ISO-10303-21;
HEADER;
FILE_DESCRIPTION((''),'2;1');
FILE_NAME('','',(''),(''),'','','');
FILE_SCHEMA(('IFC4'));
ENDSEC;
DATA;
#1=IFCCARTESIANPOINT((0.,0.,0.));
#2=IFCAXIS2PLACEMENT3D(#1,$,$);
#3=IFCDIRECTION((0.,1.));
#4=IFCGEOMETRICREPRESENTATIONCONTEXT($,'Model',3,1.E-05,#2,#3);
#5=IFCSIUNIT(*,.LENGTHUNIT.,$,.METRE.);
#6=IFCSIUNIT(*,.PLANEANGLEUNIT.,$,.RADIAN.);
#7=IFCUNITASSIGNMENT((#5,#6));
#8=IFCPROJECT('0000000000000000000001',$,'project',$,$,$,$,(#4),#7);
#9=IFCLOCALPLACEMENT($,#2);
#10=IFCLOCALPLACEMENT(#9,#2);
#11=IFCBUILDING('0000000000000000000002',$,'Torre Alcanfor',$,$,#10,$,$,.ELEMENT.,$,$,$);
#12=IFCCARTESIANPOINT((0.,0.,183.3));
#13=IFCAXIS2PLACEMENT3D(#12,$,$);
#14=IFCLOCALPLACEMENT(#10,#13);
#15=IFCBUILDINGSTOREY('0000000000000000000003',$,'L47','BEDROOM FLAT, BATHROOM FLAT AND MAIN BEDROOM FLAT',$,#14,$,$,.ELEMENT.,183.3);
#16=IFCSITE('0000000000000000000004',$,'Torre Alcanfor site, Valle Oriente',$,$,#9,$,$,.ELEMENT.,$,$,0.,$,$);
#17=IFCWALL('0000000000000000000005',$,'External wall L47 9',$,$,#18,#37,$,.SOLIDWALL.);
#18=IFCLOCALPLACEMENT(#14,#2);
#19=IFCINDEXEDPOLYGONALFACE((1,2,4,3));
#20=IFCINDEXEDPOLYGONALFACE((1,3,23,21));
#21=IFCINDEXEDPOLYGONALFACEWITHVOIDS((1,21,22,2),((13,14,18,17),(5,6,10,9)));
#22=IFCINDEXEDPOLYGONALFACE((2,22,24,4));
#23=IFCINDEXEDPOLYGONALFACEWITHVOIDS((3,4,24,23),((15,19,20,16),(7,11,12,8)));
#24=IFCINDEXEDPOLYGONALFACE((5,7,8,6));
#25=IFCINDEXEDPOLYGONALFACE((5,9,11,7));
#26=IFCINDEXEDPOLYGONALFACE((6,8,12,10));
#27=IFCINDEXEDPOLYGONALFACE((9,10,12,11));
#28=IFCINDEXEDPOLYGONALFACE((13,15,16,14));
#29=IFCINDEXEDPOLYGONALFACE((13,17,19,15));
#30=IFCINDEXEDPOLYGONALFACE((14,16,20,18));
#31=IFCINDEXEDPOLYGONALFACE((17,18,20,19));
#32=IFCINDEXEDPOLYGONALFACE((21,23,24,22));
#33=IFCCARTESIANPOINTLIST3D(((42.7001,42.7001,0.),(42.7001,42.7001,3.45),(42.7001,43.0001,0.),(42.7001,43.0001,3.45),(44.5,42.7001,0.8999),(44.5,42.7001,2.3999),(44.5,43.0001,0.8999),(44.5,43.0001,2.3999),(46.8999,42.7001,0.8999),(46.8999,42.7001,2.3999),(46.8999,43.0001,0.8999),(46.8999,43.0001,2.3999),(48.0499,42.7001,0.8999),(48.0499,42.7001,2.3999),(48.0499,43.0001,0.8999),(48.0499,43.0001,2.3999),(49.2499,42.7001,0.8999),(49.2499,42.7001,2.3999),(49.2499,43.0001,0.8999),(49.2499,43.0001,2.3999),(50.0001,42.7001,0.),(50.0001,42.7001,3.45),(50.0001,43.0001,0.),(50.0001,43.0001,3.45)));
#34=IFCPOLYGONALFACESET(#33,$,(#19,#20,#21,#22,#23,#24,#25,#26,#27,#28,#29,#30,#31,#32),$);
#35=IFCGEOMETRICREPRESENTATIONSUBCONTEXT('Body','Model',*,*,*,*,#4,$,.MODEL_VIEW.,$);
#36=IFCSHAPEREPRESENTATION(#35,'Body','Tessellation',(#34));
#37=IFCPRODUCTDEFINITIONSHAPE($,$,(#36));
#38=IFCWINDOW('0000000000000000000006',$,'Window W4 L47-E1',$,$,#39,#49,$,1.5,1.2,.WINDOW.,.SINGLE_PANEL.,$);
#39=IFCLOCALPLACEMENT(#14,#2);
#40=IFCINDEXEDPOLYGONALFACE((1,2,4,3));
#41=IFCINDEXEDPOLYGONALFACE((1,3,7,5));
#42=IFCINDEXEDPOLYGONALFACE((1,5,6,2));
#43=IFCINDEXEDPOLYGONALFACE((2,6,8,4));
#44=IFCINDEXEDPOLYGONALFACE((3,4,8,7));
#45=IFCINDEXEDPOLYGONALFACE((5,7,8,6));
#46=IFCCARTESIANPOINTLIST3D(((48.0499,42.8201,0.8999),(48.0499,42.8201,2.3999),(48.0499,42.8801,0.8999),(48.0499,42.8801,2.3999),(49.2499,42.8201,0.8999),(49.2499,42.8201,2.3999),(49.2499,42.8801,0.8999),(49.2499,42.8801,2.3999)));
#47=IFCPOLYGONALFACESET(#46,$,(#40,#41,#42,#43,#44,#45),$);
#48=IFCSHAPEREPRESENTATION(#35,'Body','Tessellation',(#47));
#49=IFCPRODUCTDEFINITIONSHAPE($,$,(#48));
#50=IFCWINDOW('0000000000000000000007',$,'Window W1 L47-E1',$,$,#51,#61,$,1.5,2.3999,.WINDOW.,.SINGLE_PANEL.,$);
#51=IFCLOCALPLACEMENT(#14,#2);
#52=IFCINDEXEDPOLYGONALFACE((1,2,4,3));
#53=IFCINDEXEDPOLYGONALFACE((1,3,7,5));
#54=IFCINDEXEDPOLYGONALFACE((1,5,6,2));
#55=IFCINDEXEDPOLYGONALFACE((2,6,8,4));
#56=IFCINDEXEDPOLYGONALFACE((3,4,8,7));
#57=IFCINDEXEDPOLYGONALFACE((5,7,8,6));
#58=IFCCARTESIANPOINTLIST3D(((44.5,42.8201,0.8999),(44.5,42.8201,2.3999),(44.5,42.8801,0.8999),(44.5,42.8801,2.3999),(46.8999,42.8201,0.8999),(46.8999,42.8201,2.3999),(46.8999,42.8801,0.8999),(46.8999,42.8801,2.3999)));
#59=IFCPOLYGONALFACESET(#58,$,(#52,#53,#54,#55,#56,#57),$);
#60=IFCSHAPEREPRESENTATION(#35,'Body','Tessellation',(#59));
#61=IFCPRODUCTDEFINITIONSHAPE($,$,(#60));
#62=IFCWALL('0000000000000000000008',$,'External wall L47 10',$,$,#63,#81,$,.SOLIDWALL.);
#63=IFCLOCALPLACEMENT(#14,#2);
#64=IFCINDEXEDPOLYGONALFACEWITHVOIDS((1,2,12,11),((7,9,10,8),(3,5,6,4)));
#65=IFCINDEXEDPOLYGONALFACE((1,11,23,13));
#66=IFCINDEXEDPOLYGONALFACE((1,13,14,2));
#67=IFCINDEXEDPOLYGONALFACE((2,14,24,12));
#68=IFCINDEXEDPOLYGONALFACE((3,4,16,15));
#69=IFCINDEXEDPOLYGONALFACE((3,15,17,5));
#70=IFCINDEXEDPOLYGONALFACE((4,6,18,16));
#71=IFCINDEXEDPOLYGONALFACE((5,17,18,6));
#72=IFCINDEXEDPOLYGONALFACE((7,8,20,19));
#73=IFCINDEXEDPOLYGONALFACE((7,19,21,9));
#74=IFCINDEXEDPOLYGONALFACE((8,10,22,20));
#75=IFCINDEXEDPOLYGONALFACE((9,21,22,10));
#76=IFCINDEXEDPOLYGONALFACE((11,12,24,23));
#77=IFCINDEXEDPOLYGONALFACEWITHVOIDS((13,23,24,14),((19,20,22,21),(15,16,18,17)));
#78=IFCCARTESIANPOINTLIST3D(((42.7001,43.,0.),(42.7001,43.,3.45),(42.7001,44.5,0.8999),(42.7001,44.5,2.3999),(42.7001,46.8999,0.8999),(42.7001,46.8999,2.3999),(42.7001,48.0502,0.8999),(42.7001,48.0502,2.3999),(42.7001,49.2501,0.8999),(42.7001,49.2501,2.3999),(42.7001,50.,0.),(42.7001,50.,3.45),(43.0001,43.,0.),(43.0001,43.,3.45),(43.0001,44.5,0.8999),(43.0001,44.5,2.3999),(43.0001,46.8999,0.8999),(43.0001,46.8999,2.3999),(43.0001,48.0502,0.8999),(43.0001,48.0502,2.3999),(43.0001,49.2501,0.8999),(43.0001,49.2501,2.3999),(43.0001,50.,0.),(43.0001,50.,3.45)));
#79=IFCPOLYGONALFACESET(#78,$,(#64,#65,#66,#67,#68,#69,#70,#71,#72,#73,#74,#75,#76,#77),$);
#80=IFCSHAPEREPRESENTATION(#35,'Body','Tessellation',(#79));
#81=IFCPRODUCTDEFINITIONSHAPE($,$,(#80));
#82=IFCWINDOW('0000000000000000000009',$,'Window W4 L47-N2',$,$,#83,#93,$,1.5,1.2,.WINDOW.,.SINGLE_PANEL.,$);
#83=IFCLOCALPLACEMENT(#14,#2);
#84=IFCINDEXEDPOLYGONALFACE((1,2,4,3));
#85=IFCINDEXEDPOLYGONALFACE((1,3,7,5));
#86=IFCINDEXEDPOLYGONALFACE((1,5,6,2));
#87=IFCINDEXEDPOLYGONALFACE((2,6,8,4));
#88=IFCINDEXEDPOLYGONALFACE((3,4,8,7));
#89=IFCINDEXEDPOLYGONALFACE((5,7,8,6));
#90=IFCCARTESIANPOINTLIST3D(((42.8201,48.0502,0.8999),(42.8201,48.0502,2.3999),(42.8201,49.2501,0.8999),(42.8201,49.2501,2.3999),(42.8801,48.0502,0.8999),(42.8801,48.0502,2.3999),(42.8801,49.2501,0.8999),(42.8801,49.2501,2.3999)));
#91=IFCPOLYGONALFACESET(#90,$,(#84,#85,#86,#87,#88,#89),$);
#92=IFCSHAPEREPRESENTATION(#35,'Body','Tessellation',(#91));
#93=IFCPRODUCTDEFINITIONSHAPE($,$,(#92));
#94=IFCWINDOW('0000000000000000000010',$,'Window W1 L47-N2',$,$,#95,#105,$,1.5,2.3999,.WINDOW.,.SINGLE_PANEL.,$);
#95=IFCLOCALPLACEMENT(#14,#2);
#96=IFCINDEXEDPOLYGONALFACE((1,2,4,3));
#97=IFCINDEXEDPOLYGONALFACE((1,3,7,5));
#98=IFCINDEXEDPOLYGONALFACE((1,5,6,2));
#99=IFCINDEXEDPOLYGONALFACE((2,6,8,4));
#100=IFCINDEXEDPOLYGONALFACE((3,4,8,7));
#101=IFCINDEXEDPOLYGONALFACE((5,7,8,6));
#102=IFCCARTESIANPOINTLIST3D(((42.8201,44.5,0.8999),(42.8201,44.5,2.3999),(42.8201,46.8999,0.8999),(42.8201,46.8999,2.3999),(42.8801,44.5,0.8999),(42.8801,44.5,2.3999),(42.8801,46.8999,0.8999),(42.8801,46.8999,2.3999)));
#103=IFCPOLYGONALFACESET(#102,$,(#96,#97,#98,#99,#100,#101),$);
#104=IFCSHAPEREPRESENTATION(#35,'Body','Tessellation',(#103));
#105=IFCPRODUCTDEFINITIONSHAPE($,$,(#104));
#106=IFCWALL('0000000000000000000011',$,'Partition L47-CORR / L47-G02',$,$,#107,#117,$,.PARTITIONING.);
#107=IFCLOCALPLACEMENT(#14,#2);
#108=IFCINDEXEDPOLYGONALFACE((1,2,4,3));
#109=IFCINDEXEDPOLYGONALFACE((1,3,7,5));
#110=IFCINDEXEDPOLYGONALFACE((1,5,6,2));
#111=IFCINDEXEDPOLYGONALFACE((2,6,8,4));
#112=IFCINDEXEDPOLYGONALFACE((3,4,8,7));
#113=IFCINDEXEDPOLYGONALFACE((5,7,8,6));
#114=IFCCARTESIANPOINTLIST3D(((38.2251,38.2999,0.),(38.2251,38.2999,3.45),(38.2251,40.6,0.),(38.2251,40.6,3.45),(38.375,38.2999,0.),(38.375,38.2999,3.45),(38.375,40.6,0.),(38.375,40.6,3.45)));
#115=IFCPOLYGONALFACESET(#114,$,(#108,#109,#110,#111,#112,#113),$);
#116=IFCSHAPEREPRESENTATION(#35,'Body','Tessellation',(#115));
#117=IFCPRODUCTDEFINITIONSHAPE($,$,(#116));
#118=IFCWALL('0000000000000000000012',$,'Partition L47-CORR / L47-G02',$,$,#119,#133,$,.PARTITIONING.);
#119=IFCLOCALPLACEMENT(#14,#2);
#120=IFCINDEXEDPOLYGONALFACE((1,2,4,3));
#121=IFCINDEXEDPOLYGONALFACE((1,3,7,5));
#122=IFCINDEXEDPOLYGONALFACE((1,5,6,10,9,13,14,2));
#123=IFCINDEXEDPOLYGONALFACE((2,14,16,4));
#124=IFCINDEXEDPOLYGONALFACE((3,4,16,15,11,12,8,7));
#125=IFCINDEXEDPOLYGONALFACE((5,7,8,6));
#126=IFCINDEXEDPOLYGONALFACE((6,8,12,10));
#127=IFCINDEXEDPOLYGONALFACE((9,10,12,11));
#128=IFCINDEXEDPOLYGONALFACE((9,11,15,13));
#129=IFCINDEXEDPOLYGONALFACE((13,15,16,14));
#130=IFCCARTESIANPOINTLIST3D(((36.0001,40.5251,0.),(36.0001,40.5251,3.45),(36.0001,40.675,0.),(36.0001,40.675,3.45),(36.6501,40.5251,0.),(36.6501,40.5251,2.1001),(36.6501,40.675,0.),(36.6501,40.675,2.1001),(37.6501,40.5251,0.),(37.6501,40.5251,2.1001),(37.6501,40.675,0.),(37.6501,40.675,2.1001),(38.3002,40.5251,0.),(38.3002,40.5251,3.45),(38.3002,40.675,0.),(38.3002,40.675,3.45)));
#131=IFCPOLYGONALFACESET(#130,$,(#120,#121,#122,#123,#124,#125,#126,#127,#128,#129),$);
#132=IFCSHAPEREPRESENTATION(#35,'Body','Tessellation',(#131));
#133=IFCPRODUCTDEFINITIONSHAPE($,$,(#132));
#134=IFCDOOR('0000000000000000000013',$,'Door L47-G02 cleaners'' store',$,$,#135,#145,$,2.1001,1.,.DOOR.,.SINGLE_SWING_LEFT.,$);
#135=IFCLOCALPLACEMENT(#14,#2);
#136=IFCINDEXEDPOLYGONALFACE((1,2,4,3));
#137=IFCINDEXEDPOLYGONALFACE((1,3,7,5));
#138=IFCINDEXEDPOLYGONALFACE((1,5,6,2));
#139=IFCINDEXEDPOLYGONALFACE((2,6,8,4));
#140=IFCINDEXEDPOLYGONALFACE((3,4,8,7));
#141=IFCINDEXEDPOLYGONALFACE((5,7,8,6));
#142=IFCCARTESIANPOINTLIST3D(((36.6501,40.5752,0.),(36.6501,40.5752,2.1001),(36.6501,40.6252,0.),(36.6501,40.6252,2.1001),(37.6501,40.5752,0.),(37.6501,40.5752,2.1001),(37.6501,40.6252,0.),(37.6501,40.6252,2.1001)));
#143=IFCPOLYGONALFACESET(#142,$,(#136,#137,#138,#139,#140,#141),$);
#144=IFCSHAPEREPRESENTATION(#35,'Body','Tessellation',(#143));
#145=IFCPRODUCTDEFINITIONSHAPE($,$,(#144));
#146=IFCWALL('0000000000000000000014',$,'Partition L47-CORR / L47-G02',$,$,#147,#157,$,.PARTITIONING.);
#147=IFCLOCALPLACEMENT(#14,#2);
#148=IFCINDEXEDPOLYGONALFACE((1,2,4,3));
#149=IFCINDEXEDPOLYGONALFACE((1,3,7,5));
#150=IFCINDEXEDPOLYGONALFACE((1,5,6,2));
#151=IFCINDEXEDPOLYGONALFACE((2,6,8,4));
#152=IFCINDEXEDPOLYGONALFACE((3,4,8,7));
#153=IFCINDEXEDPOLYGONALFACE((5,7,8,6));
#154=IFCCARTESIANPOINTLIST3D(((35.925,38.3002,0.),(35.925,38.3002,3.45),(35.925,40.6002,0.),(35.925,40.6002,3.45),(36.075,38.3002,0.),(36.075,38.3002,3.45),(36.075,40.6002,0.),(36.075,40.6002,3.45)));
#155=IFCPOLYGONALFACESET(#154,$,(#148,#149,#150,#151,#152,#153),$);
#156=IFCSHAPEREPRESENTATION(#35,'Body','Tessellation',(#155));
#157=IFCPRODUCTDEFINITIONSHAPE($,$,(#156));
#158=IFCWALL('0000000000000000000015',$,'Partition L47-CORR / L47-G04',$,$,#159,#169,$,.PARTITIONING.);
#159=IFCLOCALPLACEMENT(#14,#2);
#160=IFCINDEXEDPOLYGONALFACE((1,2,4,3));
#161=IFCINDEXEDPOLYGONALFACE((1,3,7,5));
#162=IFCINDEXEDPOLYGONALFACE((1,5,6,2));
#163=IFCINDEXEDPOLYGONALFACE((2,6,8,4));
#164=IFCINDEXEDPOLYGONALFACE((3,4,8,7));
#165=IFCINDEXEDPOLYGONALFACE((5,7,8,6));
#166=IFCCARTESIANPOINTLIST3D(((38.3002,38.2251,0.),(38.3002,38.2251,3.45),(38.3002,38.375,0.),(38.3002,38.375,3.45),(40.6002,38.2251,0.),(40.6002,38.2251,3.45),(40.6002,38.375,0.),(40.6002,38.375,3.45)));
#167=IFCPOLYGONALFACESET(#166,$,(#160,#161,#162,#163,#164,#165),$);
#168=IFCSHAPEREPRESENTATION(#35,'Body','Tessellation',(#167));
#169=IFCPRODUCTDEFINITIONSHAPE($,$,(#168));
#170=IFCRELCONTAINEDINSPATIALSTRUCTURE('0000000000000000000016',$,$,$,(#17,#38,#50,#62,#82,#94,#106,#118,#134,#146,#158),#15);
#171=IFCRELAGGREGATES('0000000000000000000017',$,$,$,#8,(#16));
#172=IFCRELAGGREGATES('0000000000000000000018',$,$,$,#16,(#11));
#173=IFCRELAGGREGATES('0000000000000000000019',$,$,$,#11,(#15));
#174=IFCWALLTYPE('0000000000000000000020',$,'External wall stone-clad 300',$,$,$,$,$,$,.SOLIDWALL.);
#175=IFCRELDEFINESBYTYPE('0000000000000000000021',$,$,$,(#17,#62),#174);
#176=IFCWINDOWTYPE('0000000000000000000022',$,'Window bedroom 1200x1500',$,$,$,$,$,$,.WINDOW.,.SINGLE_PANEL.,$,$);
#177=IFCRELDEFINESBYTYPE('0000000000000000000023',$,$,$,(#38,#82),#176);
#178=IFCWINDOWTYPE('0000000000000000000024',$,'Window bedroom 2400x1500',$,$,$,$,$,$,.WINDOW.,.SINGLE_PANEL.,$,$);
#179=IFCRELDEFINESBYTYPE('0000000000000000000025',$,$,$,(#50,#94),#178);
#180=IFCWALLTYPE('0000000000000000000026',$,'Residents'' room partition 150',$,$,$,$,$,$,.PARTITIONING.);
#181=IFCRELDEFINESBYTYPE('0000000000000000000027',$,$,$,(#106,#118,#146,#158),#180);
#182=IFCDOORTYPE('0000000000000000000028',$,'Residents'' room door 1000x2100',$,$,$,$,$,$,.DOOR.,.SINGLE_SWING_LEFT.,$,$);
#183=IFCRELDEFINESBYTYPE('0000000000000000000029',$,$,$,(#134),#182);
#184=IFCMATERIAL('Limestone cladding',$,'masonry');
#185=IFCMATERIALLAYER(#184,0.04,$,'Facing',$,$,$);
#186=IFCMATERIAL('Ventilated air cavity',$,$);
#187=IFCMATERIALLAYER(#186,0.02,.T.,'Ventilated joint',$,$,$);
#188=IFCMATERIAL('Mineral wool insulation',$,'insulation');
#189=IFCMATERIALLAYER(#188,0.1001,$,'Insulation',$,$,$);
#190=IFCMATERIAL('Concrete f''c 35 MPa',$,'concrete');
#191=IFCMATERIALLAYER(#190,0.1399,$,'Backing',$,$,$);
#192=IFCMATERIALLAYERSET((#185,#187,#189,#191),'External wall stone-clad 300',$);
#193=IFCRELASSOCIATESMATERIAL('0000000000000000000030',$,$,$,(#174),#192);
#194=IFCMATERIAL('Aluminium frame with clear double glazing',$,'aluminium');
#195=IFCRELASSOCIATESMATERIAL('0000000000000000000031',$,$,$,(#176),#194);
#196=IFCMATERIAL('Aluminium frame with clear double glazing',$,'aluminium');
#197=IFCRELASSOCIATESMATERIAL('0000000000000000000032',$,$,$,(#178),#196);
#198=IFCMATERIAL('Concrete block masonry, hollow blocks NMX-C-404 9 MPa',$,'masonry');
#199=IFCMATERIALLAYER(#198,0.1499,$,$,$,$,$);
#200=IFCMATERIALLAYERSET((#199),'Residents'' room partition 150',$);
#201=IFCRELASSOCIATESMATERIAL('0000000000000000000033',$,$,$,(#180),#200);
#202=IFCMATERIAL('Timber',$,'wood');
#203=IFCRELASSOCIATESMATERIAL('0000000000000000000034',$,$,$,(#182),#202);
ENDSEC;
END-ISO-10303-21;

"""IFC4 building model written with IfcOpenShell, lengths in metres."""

from ifc_helpers import new_model, si_unit, direction, frame, frame_2d, origin, place, context, subcontext, project, spatial, rectangle, extrude, material, layer, layer_set, type_object, element, fill, save


model = new_model("IFC4")

# Units and contexts
model_context = context("Model", 3, precision=1e-05, world=origin(), true_north=direction((0.0, 1.0)))
body_context = subcontext(model_context, "Body", "Model", "MODEL_VIEW")
ifc_project = project(units=[si_unit("LENGTHUNIT", "METRE"), si_unit("PLANEANGLEUNIT", "RADIAN")], contexts=[model_context])

# Site, building, storey
site_placement = place(None, origin())
site = spatial("IfcSite", under=ifc_project, at=site_placement, Name="Torre Alcanfor site, Valle Oriente", CompositionType="ELEMENT", RefElevation=0.0)
building_placement = place(site_placement, origin())
building = spatial("IfcBuilding", under=site, at=building_placement, Name="Torre Alcanfor", CompositionType="ELEMENT")
storey_placement = place(building_placement, frame((0.0, 0.0, 183.3)))
storey = spatial("IfcBuildingStorey", under=building, at=storey_placement, Name="L47", Description="BEDROOM FLAT, BATHROOM FLAT AND MAIN BEDROOM FLAT", CompositionType="ELEMENT", Elevation=183.3)

# Walls, openings, windows
ifc_material_1 = material(Name="Limestone cladding", Category="masonry")
ifc_layer_1 = layer(ifc_material_1, 0.04, Name="Facing")
ifc_material_2 = material(Name="Ventilated air cavity")
ifc_layer_2 = layer(ifc_material_2, 0.02, ventilated=True, Name="Ventilated joint")
ifc_material_3 = material(Name="Mineral wool insulation", Category="insulation")
ifc_layer_3 = layer(ifc_material_3, 0.1001, Name="Insulation")
ifc_material_4 = material(Name="Concrete f'c 35 MPa", Category="concrete")
ifc_layer_4 = layer(ifc_material_4, 0.1399, Name="Backing")
ifc_layer_set_1 = layer_set([ifc_layer_1, ifc_layer_2, ifc_layer_3, ifc_layer_4], Name="External wall stone-clad 300")
wall_type_1 = type_object("IfcWallType", Name="External wall stone-clad 300", PredefinedType="SOLIDWALL", material=ifc_layer_set_1)
wall_1_placement = place(storey_placement, frame((50.0, 42.8501, 0.0), z_axis=(0.0, 0.0, 1.0), x_axis=(-1.0, 0.0, 0.0)))
wall_1 = element("IfcWall", 1, at=wall_1_placement, inside=storey, type_object=wall_type_1, Name="External wall L47 9", PredefinedType="SOLIDWALL", context=body_context, shape_type="SweptSolid", body=[
    extrude(rectangle(XDim=7.3, YDim=0.3, at=frame_2d((3.6499, 0.0))), origin(), (0.0, 0.0, 1.0), 3.45),
])
opening_1_placement = place(wall_1_placement, frame((3.1001, 0.0, 0.8999)))
opening_1 = element("IfcOpeningElement", 2, at=opening_1_placement, cuts=wall_1, PredefinedType="OPENING", context=body_context, shape_type="SweptSolid", body=[
    extrude(rectangle(XDim=2.3999, YDim=1.5, at=frame_2d((1.2, 0.75))), frame((0.0, 0.1599, 0.0), z_axis=(0.0, -1.0, 0.0), x_axis=(1.0, 0.0, 0.0)), (0.0, 0.0, 1.0), 0.3201),
])
opening_2_placement = place(wall_1_placement, frame((0.75, 0.0, 0.8999)))
opening_2 = element("IfcOpeningElement", 3, at=opening_2_placement, cuts=wall_1, PredefinedType="OPENING", context=body_context, shape_type="SweptSolid", body=[
    extrude(rectangle(XDim=1.2, YDim=1.5, at=frame_2d((0.6001, 0.75))), frame((0.0, 0.1599, 0.0), z_axis=(0.0, -1.0, 0.0), x_axis=(1.0, 0.0, 0.0)), (0.0, 0.0, 1.0), 0.3201),
])
ifc_material_5 = material(Name="Aluminium frame with clear double glazing", Category="aluminium")
window_type_1 = type_object("IfcWindowType", Name="Window bedroom 1200x1500", PartitioningType="SINGLE_PANEL", PredefinedType="WINDOW", material=ifc_material_5)
window_1_placement = place(opening_2_placement, origin())
window_1 = element("IfcWindow", 4, at=window_1_placement, inside=storey, type_object=window_type_1, Name="Window W4 L47-E1", OverallHeight=1.5, OverallWidth=1.2, PartitioningType="SINGLE_PANEL", PredefinedType="WINDOW", context=body_context, shape_type="SweptSolid", body=[
    extrude(rectangle(XDim=1.2, YDim=1.5, at=frame_2d((0.6001, 0.75))), frame((0.0, 0.03, 0.0), z_axis=(0.0, -1.0, 0.0), x_axis=(1.0, 0.0, 0.0)), (0.0, 0.0, 1.0), 0.0601),
])
fill(opening_2, window_1)
ifc_material_6 = material(Name="Aluminium frame with clear double glazing", Category="aluminium")
window_type_2 = type_object("IfcWindowType", Name="Window bedroom 2400x1500", PartitioningType="SINGLE_PANEL", PredefinedType="WINDOW", material=ifc_material_6)
window_2_placement = place(opening_1_placement, origin())
window_2 = element("IfcWindow", 5, at=window_2_placement, inside=storey, type_object=window_type_2, Name="Window W1 L47-E1", OverallHeight=1.5, OverallWidth=2.3999, PartitioningType="SINGLE_PANEL", PredefinedType="WINDOW", context=body_context, shape_type="SweptSolid", body=[
    extrude(rectangle(XDim=2.3999, YDim=1.5, at=frame_2d((1.2, 0.75))), frame((0.0, 0.03, 0.0), z_axis=(0.0, -1.0, 0.0), x_axis=(1.0, 0.0, 0.0)), (0.0, 0.0, 1.0), 0.0601),
])
fill(opening_1, window_2)
wall_2_placement = place(storey_placement, frame((42.8501, 43.0, 0.0), z_axis=(0.0, 0.0, 1.0), x_axis=(0.0, 1.0, 0.0)))
wall_2 = element("IfcWall", 6, at=wall_2_placement, inside=storey, type_object=wall_type_1, Name="External wall L47 10", PredefinedType="SOLIDWALL", context=body_context, shape_type="SweptSolid", body=[
    extrude(rectangle(XDim=7.0, YDim=0.3, at=frame_2d((3.5, 0.0))), origin(), (0.0, 0.0, 1.0), 3.45),
])
opening_3_placement = place(wall_2_placement, frame((1.5, 0.0, 0.8999)))
opening_3 = element("IfcOpeningElement", 7, at=opening_3_placement, cuts=wall_2, PredefinedType="OPENING", context=body_context, shape_type="SweptSolid", body=[
    extrude(rectangle(XDim=2.3999, YDim=1.5, at=frame_2d((1.2, 0.75))), frame((0.0, 0.1599, 0.0), z_axis=(0.0, -1.0, 0.0), x_axis=(1.0, 0.0, 0.0)), (0.0, 0.0, 1.0), 0.3201),
])
opening_4_placement = place(wall_2_placement, frame((5.05, 0.0, 0.8999)))
opening_4 = element("IfcOpeningElement", 8, at=opening_4_placement, cuts=wall_2, PredefinedType="OPENING", context=body_context, shape_type="SweptSolid", body=[
    extrude(rectangle(XDim=1.2, YDim=1.5, at=frame_2d((0.6001, 0.75))), frame((0.0, 0.1599, 0.0), z_axis=(0.0, -1.0, 0.0), x_axis=(1.0, 0.0, 0.0)), (0.0, 0.0, 1.0), 0.3201),
])
window_3_placement = place(opening_4_placement, origin())
window_3 = element("IfcWindow", 9, at=window_3_placement, inside=storey, type_object=window_type_1, Name="Window W4 L47-N2", OverallHeight=1.5, OverallWidth=1.2, PartitioningType="SINGLE_PANEL", PredefinedType="WINDOW", context=body_context, shape_type="SweptSolid", body=[
    extrude(rectangle(XDim=1.2, YDim=1.5, at=frame_2d((0.6001, 0.75))), frame((0.0, 0.03, 0.0), z_axis=(0.0, -1.0, 0.0), x_axis=(1.0, 0.0, 0.0)), (0.0, 0.0, 1.0), 0.0601),
])
fill(opening_4, window_3)
window_4_placement = place(opening_3_placement, origin())
window_4 = element("IfcWindow", 10, at=window_4_placement, inside=storey, type_object=window_type_2, Name="Window W1 L47-N2", OverallHeight=1.5, OverallWidth=2.3999, PartitioningType="SINGLE_PANEL", PredefinedType="WINDOW", context=body_context, shape_type="SweptSolid", body=[
    extrude(rectangle(XDim=2.3999, YDim=1.5, at=frame_2d((1.2, 0.75))), frame((0.0, 0.03, 0.0), z_axis=(0.0, -1.0, 0.0), x_axis=(1.0, 0.0, 0.0)), (0.0, 0.0, 1.0), 0.0601),
])
fill(opening_3, window_4)

# Wall
ifc_material_7 = material(Name="Concrete block masonry, hollow blocks NMX-C-404 9 MPa", Category="masonry")
ifc_layer_5 = layer(ifc_material_7, 0.1499)
ifc_layer_set_2 = layer_set([ifc_layer_5], Name="Residents' room partition 150")
wall_type_2 = type_object("IfcWallType", Name="Residents' room partition 150", PredefinedType="PARTITIONING", material=ifc_layer_set_2)
wall_3_placement = place(storey_placement, frame((38.3, 38.3, 0.0), z_axis=(0.0, 0.0, 1.0), x_axis=(0.0, 1.0, 0.0)))
element("IfcWall", 11, at=wall_3_placement, inside=storey, type_object=wall_type_2, Name="Partition L47-CORR / L47-G02", PredefinedType="PARTITIONING", context=body_context, shape_type="SweptSolid", body=[
    extrude(rectangle(XDim=2.3, YDim=0.1499, at=frame_2d((1.1499, 0.0))), origin(), (0.0, 0.0, 1.0), 3.45),
])

# Wall, opening, door
wall_4_placement = place(storey_placement, frame((38.3, 40.6001, 0.0), z_axis=(0.0, 0.0, 1.0), x_axis=(-1.0, 0.0, 0.0)))
wall_4 = element("IfcWall", 12, at=wall_4_placement, inside=storey, type_object=wall_type_2, Name="Partition L47-CORR / L47-G02", PredefinedType="PARTITIONING", context=body_context, shape_type="SweptSolid", body=[
    extrude(rectangle(XDim=2.3, YDim=0.1499, at=frame_2d((1.1499, 0.0))), origin(), (0.0, 0.0, 1.0), 3.45),
])
opening_5_placement = place(wall_4_placement, frame((0.6499, 0.0, 0.0)))
opening_5 = element("IfcOpeningElement", 13, at=opening_5_placement, cuts=wall_4, PredefinedType="OPENING", context=body_context, shape_type="SweptSolid", body=[
    extrude(rectangle(XDim=1.0, YDim=2.1001, at=frame_2d((0.5, 1.05))), frame((0.0, 0.085, 0.0), z_axis=(0.0, -1.0, 0.0), x_axis=(1.0, 0.0, 0.0)), (0.0, 0.0, 1.0), 0.1699),
])
ifc_material_8 = material(Name="Timber", Category="wood")
door_type = type_object("IfcDoorType", Name="Residents' room door 1000x2100", OperationType="SINGLE_SWING_LEFT", PredefinedType="DOOR", material=ifc_material_8)
door_placement = place(opening_5_placement, origin())
door = element("IfcDoor", 14, at=door_placement, inside=storey, type_object=door_type, Name="Door L47-G02 cleaners' store", OperationType="SINGLE_SWING_LEFT", OverallHeight=2.1001, OverallWidth=1.0, PredefinedType="DOOR", context=body_context, shape_type="SweptSolid", body=[
    extrude(rectangle(XDim=1.0, YDim=2.1001, at=frame_2d((0.5, 1.05))), frame((0.0, 0.0249, 0.0), z_axis=(0.0, -1.0, 0.0), x_axis=(1.0, 0.0, 0.0)), (0.0, 0.0, 1.0), 0.05),
])
fill(opening_5, door)

# Walls
for number, where, z_axis, x_axis, name in (
    (15, (36.0, 40.6001, 0.0), (0.0, 0.0, 1.0), (0.0, -1.0, 0.0), "Partition L47-CORR / L47-G02"),
    (16, (40.6001, 38.3, 0.0), (0.0, 0.0, 1.0), (-1.0, 0.0, 0.0), "Partition L47-CORR / L47-G04"),
):
    element("IfcWall", number, at=place(storey_placement, frame(where, z_axis=z_axis, x_axis=x_axis)), inside=storey, type_object=wall_type_2, Name=name, PredefinedType="PARTITIONING", context=body_context, shape_type="SweptSolid", body=[
        extrude(rectangle(XDim=2.3, YDim=0.1499, at=frame_2d((1.1499, 0.0))), origin(), (0.0, 0.0, 1.0), 3.45),
    ])

save(model, "model.ifc")
